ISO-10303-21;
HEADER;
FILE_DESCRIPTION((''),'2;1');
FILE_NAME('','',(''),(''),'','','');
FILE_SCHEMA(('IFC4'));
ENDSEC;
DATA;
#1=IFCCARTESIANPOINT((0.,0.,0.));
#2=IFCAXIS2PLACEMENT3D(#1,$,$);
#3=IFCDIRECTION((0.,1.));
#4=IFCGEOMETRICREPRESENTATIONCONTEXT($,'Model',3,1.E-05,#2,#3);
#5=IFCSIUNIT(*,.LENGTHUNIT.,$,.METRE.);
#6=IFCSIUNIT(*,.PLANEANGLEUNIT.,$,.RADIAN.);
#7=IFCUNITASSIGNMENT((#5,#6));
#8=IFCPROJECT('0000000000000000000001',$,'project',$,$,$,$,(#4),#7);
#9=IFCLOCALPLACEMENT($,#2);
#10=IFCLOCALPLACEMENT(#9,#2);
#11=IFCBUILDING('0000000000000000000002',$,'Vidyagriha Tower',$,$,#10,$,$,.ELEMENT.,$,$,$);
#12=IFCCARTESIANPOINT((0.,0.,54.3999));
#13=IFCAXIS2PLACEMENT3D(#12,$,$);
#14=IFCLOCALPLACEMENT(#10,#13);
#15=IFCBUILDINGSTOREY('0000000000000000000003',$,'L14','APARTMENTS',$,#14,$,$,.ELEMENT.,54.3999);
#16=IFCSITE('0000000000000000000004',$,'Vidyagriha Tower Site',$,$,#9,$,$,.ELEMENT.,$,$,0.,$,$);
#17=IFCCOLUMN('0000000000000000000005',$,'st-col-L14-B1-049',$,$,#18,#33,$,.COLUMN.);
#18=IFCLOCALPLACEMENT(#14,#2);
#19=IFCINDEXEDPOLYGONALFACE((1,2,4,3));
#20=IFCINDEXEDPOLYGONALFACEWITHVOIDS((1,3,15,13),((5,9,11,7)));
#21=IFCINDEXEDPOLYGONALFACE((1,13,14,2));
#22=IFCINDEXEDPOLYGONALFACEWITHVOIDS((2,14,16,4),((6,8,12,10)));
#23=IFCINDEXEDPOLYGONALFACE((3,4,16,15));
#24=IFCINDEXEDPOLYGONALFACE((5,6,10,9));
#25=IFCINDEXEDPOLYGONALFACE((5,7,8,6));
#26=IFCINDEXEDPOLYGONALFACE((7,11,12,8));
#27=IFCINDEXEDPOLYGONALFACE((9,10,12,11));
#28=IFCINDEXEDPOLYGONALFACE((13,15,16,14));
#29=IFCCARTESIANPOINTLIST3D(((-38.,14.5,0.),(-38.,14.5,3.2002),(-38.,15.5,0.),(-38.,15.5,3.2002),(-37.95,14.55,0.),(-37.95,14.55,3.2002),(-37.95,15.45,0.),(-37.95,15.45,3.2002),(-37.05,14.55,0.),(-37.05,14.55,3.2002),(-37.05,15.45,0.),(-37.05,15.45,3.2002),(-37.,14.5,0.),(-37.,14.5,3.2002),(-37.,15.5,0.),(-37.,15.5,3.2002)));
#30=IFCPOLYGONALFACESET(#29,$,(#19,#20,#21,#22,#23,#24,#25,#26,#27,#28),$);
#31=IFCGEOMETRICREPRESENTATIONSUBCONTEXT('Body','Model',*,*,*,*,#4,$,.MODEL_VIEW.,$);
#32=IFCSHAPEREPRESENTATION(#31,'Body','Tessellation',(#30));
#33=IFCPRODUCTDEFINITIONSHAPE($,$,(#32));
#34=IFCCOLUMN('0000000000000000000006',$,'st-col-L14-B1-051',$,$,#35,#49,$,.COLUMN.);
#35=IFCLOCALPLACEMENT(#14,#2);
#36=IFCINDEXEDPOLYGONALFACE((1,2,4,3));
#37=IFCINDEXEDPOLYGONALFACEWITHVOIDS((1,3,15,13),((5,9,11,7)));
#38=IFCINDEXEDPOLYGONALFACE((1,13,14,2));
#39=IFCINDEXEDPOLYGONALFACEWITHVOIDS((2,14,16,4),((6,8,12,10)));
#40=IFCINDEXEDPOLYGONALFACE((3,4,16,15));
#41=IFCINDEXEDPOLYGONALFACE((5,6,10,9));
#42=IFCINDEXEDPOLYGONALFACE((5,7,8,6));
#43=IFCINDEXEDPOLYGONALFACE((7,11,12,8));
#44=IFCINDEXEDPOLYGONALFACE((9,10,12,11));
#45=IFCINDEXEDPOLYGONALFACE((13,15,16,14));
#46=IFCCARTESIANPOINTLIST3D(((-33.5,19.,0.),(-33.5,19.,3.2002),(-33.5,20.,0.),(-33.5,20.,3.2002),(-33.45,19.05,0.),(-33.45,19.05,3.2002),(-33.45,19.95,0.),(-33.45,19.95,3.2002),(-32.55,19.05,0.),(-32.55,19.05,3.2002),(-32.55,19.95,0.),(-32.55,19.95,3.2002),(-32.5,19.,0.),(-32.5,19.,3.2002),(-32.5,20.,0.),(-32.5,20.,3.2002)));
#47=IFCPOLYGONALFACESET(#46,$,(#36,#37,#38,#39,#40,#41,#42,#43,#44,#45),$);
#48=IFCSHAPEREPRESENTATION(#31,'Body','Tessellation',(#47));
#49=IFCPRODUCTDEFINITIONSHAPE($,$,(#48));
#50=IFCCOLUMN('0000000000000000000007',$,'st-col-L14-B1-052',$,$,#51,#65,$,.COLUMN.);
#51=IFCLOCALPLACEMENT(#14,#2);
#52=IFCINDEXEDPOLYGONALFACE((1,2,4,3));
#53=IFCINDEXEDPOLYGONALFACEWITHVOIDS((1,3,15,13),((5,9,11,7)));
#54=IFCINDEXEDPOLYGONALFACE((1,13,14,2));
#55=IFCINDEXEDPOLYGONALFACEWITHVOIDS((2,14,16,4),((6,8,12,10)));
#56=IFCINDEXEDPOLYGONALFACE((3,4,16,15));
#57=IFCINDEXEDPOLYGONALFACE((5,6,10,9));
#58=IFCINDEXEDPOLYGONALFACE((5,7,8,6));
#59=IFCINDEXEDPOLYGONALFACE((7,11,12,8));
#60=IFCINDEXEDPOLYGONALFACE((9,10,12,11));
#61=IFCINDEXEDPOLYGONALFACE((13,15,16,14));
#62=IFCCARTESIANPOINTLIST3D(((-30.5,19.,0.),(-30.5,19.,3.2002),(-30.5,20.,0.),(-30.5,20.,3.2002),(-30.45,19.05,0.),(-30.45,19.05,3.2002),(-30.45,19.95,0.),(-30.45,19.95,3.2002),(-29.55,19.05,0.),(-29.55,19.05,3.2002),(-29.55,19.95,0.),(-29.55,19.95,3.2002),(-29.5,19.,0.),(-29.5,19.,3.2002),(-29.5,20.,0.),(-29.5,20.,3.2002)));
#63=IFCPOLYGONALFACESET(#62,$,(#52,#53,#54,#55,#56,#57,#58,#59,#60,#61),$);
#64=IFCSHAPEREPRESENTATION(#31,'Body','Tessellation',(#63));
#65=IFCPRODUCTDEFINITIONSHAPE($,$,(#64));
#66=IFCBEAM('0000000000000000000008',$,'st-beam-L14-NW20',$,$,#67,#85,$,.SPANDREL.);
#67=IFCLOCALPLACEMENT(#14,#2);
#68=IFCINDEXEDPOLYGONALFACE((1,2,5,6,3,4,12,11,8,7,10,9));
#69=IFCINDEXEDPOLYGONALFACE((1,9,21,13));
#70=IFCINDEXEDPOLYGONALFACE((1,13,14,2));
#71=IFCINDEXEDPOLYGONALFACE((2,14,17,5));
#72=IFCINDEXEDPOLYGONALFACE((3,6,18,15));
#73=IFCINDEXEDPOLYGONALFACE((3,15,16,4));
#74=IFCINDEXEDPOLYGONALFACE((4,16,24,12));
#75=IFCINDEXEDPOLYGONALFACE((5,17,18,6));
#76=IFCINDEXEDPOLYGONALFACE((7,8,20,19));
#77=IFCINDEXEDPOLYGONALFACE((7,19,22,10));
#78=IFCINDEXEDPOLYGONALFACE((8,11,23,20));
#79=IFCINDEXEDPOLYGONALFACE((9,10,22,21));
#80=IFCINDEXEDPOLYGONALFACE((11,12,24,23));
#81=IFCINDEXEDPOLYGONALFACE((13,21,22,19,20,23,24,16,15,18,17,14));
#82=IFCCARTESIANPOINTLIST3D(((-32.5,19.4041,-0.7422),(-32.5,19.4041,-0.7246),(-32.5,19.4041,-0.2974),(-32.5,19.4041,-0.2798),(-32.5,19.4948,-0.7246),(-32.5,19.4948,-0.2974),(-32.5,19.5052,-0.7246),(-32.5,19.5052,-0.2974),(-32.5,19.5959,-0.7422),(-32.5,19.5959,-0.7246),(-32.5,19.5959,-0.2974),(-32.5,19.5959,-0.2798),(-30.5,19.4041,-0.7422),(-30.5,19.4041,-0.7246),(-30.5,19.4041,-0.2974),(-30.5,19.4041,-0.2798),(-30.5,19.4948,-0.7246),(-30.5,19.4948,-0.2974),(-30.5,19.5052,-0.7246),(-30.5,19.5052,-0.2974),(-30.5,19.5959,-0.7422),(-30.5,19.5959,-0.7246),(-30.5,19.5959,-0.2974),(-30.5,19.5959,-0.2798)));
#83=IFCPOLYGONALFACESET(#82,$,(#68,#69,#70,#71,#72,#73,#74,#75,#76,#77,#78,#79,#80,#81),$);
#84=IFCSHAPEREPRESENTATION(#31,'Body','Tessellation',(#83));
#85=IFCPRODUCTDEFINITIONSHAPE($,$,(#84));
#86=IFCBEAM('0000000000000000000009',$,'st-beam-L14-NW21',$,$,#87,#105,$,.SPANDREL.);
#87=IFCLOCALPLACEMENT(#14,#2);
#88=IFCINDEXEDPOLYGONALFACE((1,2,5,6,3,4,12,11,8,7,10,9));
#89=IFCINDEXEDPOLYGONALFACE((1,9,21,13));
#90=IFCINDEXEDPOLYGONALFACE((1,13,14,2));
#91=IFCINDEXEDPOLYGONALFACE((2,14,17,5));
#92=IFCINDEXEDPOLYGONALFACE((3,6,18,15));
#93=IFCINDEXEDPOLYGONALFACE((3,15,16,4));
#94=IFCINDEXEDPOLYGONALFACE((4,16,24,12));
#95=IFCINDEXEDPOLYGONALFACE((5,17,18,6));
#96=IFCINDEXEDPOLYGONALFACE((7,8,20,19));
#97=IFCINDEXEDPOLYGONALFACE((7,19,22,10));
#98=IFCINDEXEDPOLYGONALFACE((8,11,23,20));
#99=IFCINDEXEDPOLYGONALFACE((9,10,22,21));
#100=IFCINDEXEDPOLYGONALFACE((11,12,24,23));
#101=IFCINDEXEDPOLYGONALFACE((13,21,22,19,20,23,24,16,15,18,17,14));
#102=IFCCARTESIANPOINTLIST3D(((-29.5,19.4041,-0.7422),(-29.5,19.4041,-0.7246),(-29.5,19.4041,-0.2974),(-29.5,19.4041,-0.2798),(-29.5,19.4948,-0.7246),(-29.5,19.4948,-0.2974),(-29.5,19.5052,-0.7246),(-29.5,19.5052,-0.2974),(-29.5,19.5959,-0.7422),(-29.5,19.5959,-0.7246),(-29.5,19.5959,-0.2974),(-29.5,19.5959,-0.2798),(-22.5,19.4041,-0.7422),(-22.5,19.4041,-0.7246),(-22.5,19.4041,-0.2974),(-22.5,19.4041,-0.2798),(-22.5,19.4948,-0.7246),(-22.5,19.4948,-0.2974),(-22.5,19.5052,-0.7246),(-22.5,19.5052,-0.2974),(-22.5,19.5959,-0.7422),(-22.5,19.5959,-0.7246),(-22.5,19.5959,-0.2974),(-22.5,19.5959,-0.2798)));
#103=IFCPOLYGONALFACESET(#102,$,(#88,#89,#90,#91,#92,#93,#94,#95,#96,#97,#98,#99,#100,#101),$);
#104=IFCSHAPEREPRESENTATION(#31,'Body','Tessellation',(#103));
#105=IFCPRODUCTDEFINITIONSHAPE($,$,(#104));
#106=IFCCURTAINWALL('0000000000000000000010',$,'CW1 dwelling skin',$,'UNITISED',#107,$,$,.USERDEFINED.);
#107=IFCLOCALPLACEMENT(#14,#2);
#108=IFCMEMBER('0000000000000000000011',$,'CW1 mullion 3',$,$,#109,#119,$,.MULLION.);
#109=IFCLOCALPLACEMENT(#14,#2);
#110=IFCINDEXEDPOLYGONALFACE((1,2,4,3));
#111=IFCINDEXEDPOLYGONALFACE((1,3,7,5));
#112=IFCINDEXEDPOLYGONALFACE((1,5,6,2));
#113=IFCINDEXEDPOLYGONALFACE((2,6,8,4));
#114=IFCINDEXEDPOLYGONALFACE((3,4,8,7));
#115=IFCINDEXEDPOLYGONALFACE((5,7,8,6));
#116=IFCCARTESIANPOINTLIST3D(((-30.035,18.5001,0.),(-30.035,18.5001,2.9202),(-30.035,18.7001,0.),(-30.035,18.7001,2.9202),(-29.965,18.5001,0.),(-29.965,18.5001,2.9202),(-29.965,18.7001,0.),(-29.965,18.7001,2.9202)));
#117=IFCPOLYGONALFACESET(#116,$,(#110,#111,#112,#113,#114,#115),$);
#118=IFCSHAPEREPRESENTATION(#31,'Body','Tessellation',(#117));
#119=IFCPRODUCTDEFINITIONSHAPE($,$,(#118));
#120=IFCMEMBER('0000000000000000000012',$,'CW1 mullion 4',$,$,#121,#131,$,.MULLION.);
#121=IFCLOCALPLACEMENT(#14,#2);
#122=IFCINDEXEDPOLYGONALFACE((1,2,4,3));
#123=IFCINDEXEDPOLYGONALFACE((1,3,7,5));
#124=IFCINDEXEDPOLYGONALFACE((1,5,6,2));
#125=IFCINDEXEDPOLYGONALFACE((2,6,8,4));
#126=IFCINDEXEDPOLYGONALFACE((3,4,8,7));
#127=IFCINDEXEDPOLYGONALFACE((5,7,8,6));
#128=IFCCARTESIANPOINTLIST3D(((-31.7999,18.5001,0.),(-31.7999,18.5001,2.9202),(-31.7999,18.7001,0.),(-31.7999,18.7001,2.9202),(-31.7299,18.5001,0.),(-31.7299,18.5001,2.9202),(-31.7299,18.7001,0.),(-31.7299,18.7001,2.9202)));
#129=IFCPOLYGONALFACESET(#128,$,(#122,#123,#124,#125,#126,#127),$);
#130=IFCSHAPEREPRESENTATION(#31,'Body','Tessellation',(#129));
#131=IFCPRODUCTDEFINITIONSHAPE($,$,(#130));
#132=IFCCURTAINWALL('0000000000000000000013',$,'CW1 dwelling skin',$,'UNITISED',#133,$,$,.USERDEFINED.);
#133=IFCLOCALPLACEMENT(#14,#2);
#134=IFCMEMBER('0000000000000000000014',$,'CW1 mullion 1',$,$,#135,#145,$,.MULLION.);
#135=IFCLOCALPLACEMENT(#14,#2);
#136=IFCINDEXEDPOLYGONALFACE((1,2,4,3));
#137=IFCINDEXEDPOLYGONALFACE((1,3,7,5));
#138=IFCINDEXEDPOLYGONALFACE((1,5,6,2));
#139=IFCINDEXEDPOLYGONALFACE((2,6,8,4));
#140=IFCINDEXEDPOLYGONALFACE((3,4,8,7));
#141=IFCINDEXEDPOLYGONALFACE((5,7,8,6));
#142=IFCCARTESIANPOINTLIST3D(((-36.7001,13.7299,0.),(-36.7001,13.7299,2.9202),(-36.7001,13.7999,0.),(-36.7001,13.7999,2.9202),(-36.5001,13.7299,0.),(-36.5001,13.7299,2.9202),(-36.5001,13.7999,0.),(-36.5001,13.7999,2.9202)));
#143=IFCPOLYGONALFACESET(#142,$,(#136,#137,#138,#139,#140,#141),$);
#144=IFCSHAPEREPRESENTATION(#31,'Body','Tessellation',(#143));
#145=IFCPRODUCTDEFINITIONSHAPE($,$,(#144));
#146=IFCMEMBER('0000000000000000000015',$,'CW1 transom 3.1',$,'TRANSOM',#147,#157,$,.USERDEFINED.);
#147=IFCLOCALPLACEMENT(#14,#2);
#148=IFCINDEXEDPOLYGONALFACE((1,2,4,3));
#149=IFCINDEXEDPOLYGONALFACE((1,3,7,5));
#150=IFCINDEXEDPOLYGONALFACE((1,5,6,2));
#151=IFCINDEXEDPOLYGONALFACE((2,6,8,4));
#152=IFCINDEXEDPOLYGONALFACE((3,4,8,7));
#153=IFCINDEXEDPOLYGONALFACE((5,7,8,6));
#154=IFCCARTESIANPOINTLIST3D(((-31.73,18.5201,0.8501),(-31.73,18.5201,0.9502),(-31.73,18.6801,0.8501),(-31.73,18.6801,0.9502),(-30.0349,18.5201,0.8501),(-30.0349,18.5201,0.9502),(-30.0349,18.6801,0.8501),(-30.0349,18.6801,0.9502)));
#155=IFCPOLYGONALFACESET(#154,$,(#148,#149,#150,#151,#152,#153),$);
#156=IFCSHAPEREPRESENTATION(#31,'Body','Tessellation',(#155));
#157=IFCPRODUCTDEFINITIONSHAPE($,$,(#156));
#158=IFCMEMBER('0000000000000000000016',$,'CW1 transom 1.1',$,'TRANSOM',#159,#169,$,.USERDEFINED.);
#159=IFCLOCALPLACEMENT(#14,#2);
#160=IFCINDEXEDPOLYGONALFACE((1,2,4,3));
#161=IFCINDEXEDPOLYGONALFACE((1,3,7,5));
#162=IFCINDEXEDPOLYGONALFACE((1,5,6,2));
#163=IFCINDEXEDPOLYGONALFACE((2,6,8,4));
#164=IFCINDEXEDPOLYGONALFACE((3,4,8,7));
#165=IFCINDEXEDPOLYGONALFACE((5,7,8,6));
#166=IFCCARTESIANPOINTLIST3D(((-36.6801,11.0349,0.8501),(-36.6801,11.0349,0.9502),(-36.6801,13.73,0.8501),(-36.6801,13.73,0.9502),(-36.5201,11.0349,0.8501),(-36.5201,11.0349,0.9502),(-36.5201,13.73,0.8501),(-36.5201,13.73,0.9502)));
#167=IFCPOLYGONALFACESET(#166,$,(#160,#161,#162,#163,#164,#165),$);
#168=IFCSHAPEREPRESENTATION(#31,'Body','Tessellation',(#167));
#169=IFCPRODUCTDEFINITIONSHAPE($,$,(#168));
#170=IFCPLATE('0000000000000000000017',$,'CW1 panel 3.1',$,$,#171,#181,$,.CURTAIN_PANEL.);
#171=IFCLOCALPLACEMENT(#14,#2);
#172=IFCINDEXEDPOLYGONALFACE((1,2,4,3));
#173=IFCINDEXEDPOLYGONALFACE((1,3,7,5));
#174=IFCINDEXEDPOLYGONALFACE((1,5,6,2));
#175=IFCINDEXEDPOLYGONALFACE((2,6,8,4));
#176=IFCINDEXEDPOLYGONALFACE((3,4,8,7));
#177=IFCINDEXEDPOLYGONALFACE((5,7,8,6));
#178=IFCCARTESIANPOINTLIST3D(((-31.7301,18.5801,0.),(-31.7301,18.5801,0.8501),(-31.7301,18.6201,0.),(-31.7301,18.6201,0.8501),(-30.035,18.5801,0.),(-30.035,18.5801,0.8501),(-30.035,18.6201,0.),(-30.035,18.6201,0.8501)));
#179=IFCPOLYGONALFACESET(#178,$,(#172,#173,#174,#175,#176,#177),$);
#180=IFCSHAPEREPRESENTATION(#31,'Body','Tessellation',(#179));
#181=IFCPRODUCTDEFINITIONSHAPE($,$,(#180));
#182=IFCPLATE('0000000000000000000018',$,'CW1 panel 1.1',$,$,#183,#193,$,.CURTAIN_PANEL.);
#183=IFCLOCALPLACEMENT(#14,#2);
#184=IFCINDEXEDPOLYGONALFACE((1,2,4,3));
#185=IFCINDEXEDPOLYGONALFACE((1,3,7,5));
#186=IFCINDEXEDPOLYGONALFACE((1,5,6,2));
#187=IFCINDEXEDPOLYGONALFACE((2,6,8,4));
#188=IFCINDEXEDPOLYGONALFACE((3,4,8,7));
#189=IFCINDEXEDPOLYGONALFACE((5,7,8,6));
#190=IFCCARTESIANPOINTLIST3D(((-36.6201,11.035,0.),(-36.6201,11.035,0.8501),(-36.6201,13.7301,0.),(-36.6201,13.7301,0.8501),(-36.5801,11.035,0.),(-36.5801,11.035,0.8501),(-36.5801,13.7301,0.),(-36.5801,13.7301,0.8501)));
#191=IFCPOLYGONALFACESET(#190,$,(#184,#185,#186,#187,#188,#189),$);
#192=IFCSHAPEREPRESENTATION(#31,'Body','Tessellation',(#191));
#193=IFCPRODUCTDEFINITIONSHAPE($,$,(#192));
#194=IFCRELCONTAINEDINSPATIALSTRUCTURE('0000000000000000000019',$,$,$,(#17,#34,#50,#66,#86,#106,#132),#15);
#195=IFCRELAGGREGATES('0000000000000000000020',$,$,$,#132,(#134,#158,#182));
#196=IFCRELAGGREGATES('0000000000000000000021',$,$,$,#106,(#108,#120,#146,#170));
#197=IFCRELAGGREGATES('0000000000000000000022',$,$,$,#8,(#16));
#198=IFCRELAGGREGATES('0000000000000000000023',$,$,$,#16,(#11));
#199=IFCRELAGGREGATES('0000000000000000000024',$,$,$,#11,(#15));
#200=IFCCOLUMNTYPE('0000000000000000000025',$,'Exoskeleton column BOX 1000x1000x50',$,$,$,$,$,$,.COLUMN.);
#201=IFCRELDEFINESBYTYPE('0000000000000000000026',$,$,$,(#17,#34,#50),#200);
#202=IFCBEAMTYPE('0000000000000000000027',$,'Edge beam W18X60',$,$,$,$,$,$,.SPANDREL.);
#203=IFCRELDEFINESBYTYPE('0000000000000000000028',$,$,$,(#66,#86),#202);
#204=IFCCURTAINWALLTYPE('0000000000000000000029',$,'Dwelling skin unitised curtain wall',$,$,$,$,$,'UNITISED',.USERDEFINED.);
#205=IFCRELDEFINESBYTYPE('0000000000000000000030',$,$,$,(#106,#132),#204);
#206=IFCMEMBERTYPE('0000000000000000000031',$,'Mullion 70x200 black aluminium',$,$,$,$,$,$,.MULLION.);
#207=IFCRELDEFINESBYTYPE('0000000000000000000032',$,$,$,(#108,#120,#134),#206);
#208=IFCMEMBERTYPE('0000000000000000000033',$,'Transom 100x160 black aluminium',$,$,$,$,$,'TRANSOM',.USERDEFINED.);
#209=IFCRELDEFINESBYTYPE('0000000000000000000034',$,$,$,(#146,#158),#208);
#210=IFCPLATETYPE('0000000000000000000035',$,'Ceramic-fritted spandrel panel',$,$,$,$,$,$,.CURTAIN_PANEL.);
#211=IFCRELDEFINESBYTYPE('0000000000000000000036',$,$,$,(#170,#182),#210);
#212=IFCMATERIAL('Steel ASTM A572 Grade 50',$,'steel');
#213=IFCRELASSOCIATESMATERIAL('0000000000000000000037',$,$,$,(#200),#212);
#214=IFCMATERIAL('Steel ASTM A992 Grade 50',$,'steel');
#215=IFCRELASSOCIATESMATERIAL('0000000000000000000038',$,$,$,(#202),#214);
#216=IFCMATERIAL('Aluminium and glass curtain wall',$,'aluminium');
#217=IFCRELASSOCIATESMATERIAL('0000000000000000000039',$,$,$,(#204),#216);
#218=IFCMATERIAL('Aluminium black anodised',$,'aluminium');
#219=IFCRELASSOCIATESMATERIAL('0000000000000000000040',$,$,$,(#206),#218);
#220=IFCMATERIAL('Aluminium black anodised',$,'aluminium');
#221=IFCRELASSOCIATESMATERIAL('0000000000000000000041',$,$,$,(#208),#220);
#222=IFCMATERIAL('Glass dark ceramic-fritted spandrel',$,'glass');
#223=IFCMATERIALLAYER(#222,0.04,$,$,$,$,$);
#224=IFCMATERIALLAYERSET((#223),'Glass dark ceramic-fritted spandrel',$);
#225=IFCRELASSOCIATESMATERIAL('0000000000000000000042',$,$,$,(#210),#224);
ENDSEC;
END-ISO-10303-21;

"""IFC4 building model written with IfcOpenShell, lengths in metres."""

from ifc_helpers import new_model, si_unit, direction, frame, origin, origin_2d, place, context, subcontext, project, spatial, rectangle, hollow_rectangle, i_section, extrude, material, layer, layer_set, material_profile, profile_set, type_object, element, aggregate, save


model = new_model("IFC4")

# Units and contexts
model_context = context("Model", 3, precision=1e-05, world=origin(), true_north=direction((0.0, 1.0)))
body_context = subcontext(model_context, "Body", "Model", "MODEL_VIEW")
ifc_project = project(units=[si_unit("LENGTHUNIT", "METRE"), si_unit("PLANEANGLEUNIT", "RADIAN")], contexts=[model_context])

# Site, building, storey
site_placement = place(None, origin())
site = spatial("IfcSite", under=ifc_project, at=site_placement, Name="Vidyagriha Tower Site", CompositionType="ELEMENT", RefElevation=0.0)
building_placement = place(site_placement, origin())
building = spatial("IfcBuilding", under=site, at=building_placement, Name="Vidyagriha Tower", CompositionType="ELEMENT")
storey_placement = place(building_placement, frame((0.0, 0.0, 54.3999)))
storey = spatial("IfcBuildingStorey", under=building, at=storey_placement, Name="L14", Description="APARTMENTS", CompositionType="ELEMENT", Elevation=54.3999)

# Columns
ifc_material_1 = material(Name="Steel ASTM A572 Grade 50", Category="steel")
ifc_material_profile_1 = material_profile(ifc_material_1, hollow_rectangle(XDim=1.0, YDim=1.0, WallThickness=0.05, at=origin_2d()), Name="BOX 1000x1000x50")
ifc_profile_set_1 = profile_set([ifc_material_profile_1], Name="Steel ASTM A572 Grade 50")
column_type = type_object("IfcColumnType", Name="Exoskeleton column BOX 1000x1000x50", PredefinedType="COLUMN", material=ifc_profile_set_1)
for number, where, name in (
    (1, (-37.5, 15.0, 0.0), "st-col-L14-B1-049"),
    (2, (-33.0, 19.5, 0.0), "st-col-L14-B1-051"),
    (3, (-30.0, 19.5, 0.0), "st-col-L14-B1-052"),
):
    element("IfcColumn", number, at=place(storey_placement, frame(where)), inside=storey, type_object=column_type, Name=name, PredefinedType="COLUMN", context=body_context, shape_type="SweptSolid", body=[
        extrude(hollow_rectangle(XDim=1.0, YDim=1.0, WallThickness=0.05, at=origin_2d()), origin(), (0.0, 0.0, 1.0), 3.2002),
    ])

# Beams
ifc_material_2 = material(Name="Steel ASTM A992 Grade 50", Category="steel")
ifc_material_profile_2 = material_profile(ifc_material_2, i_section(OverallWidth=0.1919, OverallDepth=0.4624, WebThickness=0.0105, FlangeThickness=0.0176, at=origin_2d()), Name="W18X60")
ifc_profile_set_2 = profile_set([ifc_material_profile_2], Name="Steel ASTM A992 Grade 50")
beam_type = type_object("IfcBeamType", Name="Edge beam W18X60", PredefinedType="SPANDREL", material=ifc_profile_set_2)
beam_1_placement = place(storey_placement, frame((-32.5, 19.5, -0.511), z_axis=(1.0, 0.0, 0.0), x_axis=(0.0, 1.0, 0.0)))
element("IfcBeam", 4, at=beam_1_placement, inside=storey, type_object=beam_type, Name="st-beam-L14-NW20", PredefinedType="SPANDREL", context=body_context, shape_type="SweptSolid", body=[
    extrude(i_section(OverallWidth=0.1919, OverallDepth=0.4624, WebThickness=0.0105, FlangeThickness=0.0176, at=origin_2d()), origin(), (0.0, 0.0, 1.0), 2.0),
])
beam_2_placement = place(storey_placement, frame((-29.5, 19.5, -0.511), z_axis=(1.0, 0.0, 0.0), x_axis=(0.0, 1.0, 0.0)))
element("IfcBeam", 5, at=beam_2_placement, inside=storey, type_object=beam_type, Name="st-beam-L14-NW21", PredefinedType="SPANDREL", context=body_context, shape_type="SweptSolid", body=[
    extrude(i_section(OverallWidth=0.1919, OverallDepth=0.4624, WebThickness=0.0105, FlangeThickness=0.0176, at=origin_2d()), origin(), (0.0, 0.0, 1.0), 7.0),
])

# Curtain wall, members
ifc_material_3 = material(Name="Aluminium and glass curtain wall", Category="aluminium")
curtain_wall_type = type_object("IfcCurtainWallType", Name="Dwelling skin unitised curtain wall", ElementType="UNITISED", PredefinedType="USERDEFINED", material=ifc_material_3)
curtain_wall_1_placement = place(storey_placement, origin())
curtain_wall_1 = element("IfcCurtainWall", 6, at=curtain_wall_1_placement, inside=storey, type_object=curtain_wall_type, Name="CW1 dwelling skin", ObjectType="UNITISED", PredefinedType="USERDEFINED")
ifc_material_4 = material(Name="Aluminium black anodised", Category="aluminium")
ifc_material_profile_3 = material_profile(ifc_material_4, rectangle(XDim=0.2, YDim=0.0701, at=origin_2d()), Name="Mullion 70x200 black aluminium")
ifc_profile_set_3 = profile_set([ifc_material_profile_3], Name="Aluminium black anodised")
member_type_1 = type_object("IfcMemberType", Name="Mullion 70x200 black aluminium", PredefinedType="MULLION", material=ifc_profile_set_3)
member_1_placement = place(storey_placement, frame((-30.0, 18.6001, 0.0), z_axis=(0.0, 0.0, 1.0), x_axis=(0.0, -1.0, 0.0)))
member_1 = element("IfcMember", 7, at=member_1_placement, type_object=member_type_1, Name="CW1 mullion 3", PredefinedType="MULLION", context=body_context, shape_type="SweptSolid", body=[
    extrude(rectangle(XDim=0.2, YDim=0.0701, at=origin_2d()), origin(), (0.0, 0.0, 1.0), 2.9202),
])
member_2_placement = place(storey_placement, frame((-31.7649, 18.6001, 0.0), z_axis=(0.0, 0.0, 1.0), x_axis=(0.0, -1.0, 0.0)))
member_2 = element("IfcMember", 8, at=member_2_placement, type_object=member_type_1, Name="CW1 mullion 4", PredefinedType="MULLION", context=body_context, shape_type="SweptSolid", body=[
    extrude(rectangle(XDim=0.2, YDim=0.0701, at=origin_2d()), origin(), (0.0, 0.0, 1.0), 2.9202),
])

# Curtain wall, member
curtain_wall_2_placement = place(storey_placement, origin())
curtain_wall_2 = element("IfcCurtainWall", 9, at=curtain_wall_2_placement, inside=storey, type_object=curtain_wall_type, Name="CW1 dwelling skin", ObjectType="UNITISED", PredefinedType="USERDEFINED")
member_3_placement = place(storey_placement, frame((-36.6001, 13.7649, 0.0)))
member_3 = element("IfcMember", 10, at=member_3_placement, type_object=member_type_1, Name="CW1 mullion 1", PredefinedType="MULLION", context=body_context, shape_type="SweptSolid", body=[
    extrude(rectangle(XDim=0.2, YDim=0.0701, at=origin_2d()), origin(), (0.0, 0.0, 1.0), 2.9202),
])

# Members
ifc_material_5 = material(Name="Aluminium black anodised", Category="aluminium")
ifc_material_profile_4 = material_profile(ifc_material_5, rectangle(XDim=0.1599, YDim=0.1001, at=origin_2d()), Name="Transom 100x160 black aluminium")
ifc_profile_set_4 = profile_set([ifc_material_profile_4], Name="Aluminium black anodised")
member_type_2 = type_object("IfcMemberType", Name="Transom 100x160 black aluminium", ElementType="TRANSOM", PredefinedType="USERDEFINED", material=ifc_profile_set_4)
member_4_placement = place(storey_placement, frame((-30.0349, 18.6001, 0.9001), z_axis=(-1.0, 0.0, 0.0), x_axis=(0.0, -1.0, 0.0)))
member_4 = element("IfcMember", 11, at=member_4_placement, type_object=member_type_2, Name="CW1 transom 3.1", ObjectType="TRANSOM", PredefinedType="USERDEFINED", context=body_context, shape_type="SweptSolid", body=[
    extrude(rectangle(XDim=0.1599, YDim=0.1001, at=origin_2d()), origin(), (0.0, 0.0, 1.0), 1.6951),
])
member_5_placement = place(storey_placement, frame((-36.6001, 13.73, 0.9001), z_axis=(0.0, -1.0, 0.0), x_axis=(1.0, 0.0, 0.0)))
member_5 = element("IfcMember", 12, at=member_5_placement, type_object=member_type_2, Name="CW1 transom 1.1", ObjectType="TRANSOM", PredefinedType="USERDEFINED", context=body_context, shape_type="SweptSolid", body=[
    extrude(rectangle(XDim=0.1599, YDim=0.1001, at=origin_2d()), origin(), (0.0, 0.0, 1.0), 2.6951),
])

# Plates
ifc_material_6 = material(Name="Glass dark ceramic-fritted spandrel", Category="glass")
ifc_layer_1 = layer(ifc_material_6, 0.04)
ifc_layer_set_1 = layer_set([ifc_layer_1], Name="Glass dark ceramic-fritted spandrel")
plate_type_1 = type_object("IfcPlateType", Name="Ceramic-fritted spandrel panel", PredefinedType="CURTAIN_PANEL", material=ifc_layer_set_1)
plate_1_placement = place(storey_placement, frame((-30.8826, 18.6001, 0.0), z_axis=(0.0, 0.0, 1.0), x_axis=(-1.0, 0.0, 0.0)))
plate_1 = element("IfcPlate", 13, at=plate_1_placement, type_object=plate_type_1, Name="CW1 panel 3.1", PredefinedType="CURTAIN_PANEL", context=body_context, shape_type="SweptSolid", body=[
    extrude(rectangle(XDim=1.6951, YDim=0.04, at=origin_2d()), origin(), (0.0, 0.0, 1.0), 0.8501),
])
plate_2_placement = place(storey_placement, frame((-36.6001, 12.3826, 0.0), z_axis=(0.0, 0.0, 1.0), x_axis=(0.0, -1.0, 0.0)))
plate_2 = element("IfcPlate", 14, at=plate_2_placement, type_object=plate_type_1, Name="CW1 panel 1.1", PredefinedType="CURTAIN_PANEL", context=body_context, shape_type="SweptSolid", body=[
    extrude(rectangle(XDim=2.6951, YDim=0.04, at=origin_2d()), origin(), (0.0, 0.0, 1.0), 0.8501),
])
aggregate(curtain_wall_2, [member_3, member_5, plate_2])
aggregate(curtain_wall_1, [member_1, member_2, member_4, plate_1])

save(model, "model.ifc")
